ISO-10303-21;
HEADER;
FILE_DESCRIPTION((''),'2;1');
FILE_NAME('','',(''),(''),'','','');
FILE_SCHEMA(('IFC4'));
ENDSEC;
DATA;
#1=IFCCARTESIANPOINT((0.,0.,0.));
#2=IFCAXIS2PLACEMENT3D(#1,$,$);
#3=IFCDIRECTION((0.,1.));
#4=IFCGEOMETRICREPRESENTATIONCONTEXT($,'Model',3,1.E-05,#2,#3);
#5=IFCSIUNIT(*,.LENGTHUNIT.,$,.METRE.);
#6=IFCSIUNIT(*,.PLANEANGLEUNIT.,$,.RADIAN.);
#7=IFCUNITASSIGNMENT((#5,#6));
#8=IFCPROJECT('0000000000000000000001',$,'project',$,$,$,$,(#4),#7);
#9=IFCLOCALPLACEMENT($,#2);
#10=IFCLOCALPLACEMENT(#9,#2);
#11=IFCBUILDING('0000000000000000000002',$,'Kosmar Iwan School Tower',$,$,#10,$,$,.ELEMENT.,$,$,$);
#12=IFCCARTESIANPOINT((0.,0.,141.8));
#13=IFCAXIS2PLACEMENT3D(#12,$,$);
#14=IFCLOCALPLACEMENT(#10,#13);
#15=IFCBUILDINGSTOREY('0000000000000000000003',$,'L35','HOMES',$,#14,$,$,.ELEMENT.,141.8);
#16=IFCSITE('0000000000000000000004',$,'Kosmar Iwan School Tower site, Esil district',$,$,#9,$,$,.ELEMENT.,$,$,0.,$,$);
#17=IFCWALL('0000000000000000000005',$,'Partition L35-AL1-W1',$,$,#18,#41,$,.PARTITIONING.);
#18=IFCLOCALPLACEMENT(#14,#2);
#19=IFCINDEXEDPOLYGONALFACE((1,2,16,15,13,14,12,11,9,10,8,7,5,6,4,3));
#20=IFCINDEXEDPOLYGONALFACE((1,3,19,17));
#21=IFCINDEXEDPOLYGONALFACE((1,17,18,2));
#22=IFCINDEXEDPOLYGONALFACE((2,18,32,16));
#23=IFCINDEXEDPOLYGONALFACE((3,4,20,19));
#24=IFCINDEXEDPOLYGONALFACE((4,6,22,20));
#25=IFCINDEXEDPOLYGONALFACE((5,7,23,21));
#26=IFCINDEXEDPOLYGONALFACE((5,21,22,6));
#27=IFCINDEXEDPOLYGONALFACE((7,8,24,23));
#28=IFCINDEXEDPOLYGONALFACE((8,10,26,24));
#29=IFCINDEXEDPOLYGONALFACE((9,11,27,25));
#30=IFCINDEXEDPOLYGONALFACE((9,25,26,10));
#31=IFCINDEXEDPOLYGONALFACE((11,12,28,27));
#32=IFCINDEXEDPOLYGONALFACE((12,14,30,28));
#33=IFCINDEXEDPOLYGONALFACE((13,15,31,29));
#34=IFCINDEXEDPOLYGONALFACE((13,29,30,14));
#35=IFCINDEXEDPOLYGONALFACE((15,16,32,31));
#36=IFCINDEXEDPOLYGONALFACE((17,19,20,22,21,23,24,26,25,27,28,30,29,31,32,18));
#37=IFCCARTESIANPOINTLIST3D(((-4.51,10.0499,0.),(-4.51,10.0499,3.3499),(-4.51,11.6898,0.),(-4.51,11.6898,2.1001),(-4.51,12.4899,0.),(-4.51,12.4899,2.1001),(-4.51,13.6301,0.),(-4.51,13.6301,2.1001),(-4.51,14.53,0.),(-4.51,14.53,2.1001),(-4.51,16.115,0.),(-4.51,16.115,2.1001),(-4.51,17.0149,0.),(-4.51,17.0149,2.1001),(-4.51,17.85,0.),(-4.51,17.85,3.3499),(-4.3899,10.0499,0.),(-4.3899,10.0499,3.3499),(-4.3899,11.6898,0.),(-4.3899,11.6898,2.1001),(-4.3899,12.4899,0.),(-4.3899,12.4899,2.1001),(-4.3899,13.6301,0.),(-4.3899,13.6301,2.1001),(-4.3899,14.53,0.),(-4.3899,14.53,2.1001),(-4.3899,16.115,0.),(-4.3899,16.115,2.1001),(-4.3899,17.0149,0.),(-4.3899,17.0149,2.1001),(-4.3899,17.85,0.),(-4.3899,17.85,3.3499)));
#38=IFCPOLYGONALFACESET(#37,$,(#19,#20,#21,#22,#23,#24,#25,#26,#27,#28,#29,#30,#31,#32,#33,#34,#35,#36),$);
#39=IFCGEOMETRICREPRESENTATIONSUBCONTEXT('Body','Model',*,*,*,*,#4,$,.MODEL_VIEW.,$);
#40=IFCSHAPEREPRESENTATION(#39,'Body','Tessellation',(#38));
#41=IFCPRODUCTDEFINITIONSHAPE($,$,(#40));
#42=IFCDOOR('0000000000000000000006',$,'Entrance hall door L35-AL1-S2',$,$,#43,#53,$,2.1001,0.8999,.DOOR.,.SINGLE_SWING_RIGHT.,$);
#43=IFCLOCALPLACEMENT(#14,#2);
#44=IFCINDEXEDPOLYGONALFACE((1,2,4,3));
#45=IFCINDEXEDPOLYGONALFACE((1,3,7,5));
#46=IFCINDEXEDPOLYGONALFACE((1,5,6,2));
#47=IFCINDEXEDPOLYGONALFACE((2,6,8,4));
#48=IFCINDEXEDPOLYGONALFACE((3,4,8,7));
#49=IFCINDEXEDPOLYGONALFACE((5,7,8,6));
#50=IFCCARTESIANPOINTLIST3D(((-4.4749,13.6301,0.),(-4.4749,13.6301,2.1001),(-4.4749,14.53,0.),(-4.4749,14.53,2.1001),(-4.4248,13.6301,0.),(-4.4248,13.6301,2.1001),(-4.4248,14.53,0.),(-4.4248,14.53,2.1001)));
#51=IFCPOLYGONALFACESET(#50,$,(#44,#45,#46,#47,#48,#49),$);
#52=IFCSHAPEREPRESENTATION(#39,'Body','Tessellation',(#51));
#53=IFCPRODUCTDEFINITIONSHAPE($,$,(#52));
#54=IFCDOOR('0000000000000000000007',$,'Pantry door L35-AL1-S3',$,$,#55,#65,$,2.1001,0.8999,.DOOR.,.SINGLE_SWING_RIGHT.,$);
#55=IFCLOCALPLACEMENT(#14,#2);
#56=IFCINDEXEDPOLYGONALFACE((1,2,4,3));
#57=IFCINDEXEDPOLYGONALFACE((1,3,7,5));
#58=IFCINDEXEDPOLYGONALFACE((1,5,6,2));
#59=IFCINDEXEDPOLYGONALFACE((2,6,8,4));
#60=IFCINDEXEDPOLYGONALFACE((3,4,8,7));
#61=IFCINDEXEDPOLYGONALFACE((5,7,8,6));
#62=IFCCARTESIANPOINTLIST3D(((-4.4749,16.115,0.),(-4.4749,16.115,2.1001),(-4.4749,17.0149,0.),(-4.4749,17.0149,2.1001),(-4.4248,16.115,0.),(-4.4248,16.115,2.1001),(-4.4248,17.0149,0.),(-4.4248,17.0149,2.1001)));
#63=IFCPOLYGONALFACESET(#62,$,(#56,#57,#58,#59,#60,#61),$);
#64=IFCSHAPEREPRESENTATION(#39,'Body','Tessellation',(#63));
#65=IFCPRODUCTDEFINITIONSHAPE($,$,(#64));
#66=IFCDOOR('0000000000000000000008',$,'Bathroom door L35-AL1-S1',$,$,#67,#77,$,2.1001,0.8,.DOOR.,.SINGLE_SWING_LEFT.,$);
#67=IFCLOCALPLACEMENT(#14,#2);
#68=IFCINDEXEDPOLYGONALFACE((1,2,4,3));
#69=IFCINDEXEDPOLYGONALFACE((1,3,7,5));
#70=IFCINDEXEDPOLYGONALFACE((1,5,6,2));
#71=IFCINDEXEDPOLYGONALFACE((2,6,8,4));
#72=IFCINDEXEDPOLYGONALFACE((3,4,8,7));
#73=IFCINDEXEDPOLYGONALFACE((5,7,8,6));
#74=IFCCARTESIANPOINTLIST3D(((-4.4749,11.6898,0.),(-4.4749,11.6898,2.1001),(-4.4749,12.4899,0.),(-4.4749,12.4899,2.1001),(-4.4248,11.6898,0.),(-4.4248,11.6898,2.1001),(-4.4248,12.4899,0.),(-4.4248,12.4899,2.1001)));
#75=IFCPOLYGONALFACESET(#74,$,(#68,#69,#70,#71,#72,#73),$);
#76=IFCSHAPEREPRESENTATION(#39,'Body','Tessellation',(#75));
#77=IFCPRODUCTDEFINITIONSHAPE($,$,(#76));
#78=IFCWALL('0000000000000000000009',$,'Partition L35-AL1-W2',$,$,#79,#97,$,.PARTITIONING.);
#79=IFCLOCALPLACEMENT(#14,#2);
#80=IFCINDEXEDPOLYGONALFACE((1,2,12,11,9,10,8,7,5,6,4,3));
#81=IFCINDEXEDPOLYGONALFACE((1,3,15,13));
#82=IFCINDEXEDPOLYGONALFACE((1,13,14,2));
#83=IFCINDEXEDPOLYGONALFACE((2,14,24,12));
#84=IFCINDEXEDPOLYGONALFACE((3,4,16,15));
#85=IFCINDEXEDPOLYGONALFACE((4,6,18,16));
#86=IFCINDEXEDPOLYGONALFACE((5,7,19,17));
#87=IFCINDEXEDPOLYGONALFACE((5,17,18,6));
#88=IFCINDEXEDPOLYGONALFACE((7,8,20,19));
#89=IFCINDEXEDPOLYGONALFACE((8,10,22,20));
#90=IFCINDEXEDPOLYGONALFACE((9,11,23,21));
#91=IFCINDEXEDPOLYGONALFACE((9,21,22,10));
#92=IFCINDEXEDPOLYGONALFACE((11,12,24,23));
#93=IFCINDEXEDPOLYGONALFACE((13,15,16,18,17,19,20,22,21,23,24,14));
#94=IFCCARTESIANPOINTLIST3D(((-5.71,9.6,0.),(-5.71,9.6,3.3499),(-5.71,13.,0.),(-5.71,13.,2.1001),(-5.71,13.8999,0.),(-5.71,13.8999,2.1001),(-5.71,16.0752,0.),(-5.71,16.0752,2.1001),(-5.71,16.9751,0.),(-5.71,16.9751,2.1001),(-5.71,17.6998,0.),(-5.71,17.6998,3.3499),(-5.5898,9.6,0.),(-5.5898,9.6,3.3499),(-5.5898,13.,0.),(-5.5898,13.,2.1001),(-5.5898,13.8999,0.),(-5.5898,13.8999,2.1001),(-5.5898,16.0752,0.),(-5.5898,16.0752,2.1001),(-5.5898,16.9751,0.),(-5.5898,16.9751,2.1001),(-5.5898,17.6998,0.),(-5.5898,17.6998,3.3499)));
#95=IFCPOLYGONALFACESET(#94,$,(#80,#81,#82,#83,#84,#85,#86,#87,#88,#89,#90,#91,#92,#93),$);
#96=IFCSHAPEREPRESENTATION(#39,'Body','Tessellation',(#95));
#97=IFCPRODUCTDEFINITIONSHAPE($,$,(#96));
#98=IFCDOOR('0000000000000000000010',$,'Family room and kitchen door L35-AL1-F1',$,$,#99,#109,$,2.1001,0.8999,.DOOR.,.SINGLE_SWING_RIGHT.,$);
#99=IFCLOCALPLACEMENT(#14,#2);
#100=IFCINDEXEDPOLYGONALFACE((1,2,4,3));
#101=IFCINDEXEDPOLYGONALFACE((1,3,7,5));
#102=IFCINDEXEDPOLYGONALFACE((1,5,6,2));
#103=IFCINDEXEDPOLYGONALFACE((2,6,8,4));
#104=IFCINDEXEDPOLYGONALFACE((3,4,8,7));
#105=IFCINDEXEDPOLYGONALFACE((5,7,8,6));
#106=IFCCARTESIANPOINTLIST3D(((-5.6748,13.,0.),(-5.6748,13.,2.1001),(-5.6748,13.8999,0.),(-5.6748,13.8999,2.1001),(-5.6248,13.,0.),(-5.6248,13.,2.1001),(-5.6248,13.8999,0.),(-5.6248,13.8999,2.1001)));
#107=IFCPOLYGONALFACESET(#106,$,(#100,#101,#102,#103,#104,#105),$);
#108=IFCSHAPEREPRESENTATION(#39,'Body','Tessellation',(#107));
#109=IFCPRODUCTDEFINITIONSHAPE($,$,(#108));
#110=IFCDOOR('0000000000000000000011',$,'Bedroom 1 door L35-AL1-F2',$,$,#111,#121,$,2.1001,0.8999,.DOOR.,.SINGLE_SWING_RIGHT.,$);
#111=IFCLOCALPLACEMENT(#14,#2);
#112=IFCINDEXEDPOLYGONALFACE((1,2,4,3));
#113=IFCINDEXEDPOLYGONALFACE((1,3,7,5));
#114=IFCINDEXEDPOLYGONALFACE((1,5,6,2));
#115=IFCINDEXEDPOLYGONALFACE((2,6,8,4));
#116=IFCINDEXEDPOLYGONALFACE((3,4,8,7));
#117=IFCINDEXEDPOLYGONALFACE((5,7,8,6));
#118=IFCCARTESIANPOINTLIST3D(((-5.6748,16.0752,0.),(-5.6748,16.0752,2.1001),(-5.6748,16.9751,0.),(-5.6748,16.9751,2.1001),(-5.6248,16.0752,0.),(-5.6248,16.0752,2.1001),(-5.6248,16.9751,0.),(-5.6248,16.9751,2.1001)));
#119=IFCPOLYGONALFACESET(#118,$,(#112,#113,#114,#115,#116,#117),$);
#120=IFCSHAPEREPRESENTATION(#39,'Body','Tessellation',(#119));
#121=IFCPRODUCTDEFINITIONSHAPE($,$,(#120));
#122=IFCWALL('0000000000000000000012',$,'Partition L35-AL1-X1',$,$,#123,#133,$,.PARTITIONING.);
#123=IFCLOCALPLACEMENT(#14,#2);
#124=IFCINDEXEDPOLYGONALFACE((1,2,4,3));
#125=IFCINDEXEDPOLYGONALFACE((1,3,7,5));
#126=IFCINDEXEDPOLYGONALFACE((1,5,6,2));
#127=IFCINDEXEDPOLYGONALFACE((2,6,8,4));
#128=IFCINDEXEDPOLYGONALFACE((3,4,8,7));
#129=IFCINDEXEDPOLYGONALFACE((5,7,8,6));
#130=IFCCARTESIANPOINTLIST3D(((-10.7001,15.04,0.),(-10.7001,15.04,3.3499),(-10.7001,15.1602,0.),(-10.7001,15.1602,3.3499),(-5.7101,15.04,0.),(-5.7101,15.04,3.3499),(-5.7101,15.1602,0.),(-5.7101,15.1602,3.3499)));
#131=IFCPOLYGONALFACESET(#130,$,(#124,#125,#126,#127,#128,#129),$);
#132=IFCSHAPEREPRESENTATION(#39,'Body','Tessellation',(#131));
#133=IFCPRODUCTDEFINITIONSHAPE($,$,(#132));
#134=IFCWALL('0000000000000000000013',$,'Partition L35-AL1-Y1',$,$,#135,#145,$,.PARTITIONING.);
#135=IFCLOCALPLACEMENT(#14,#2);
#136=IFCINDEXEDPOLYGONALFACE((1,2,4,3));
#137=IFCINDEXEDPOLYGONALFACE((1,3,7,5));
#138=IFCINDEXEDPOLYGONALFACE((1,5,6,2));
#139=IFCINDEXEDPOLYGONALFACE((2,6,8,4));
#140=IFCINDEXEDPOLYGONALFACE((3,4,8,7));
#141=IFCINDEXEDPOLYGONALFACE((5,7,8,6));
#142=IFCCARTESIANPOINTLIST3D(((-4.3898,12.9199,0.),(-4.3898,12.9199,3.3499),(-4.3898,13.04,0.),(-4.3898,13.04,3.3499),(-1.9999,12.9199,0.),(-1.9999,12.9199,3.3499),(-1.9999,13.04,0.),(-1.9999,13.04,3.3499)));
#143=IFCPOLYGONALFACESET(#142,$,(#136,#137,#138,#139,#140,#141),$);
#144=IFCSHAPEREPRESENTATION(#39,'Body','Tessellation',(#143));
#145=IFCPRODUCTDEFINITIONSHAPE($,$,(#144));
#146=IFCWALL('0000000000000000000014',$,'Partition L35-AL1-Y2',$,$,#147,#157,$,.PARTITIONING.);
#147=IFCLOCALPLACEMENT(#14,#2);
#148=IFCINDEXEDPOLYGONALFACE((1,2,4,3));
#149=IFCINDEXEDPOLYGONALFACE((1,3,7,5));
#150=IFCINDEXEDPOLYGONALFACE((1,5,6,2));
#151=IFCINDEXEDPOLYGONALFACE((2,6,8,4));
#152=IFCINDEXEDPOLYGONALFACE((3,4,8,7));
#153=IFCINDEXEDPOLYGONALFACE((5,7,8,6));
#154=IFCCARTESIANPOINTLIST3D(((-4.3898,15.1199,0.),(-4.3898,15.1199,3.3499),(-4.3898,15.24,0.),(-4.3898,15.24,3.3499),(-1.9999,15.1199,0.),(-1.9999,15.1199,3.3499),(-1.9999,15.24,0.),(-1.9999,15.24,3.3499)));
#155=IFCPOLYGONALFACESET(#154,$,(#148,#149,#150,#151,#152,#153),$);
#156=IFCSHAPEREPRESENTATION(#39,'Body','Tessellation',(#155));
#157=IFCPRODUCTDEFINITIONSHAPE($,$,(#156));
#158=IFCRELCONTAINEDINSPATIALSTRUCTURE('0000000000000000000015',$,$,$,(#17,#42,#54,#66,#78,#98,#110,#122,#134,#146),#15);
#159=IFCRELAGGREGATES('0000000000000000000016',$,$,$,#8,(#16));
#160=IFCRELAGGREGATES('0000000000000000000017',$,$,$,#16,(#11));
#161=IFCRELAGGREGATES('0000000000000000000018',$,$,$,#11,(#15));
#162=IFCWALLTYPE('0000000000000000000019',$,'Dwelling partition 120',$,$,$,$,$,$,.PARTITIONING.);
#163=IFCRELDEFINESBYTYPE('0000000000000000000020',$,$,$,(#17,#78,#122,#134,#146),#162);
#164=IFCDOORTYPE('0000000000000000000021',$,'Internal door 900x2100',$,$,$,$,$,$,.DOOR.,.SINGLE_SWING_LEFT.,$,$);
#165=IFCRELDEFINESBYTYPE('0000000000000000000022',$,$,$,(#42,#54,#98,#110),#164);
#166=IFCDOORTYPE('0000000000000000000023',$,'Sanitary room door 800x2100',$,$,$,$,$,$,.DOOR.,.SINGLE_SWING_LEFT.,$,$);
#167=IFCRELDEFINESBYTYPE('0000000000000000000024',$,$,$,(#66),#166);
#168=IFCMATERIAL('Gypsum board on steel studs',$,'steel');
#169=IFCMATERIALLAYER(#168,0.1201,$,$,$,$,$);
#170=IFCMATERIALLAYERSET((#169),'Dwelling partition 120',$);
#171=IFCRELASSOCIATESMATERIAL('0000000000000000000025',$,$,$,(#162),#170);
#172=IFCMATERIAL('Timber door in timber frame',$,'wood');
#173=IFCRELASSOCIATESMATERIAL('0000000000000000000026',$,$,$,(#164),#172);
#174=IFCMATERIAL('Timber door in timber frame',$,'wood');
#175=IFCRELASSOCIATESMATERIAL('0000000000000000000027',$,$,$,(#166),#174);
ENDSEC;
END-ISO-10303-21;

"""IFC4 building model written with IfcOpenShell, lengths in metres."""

from ifc_helpers import new_model, si_unit, direction, frame, frame_2d, origin, place, context, subcontext, project, spatial, rectangle, extrude, material, layer, layer_set, type_object, element, fill, save


model = new_model("IFC4")

# Units and contexts
model_context = context("Model", 3, precision=1e-05, world=origin(), true_north=direction((0.0, 1.0)))
body_context = subcontext(model_context, "Body", "Model", "MODEL_VIEW")
ifc_project = project(units=[si_unit("LENGTHUNIT", "METRE"), si_unit("PLANEANGLEUNIT", "RADIAN")], contexts=[model_context])

# Site, building, storey
site_placement = place(None, origin())
site = spatial("IfcSite", under=ifc_project, at=site_placement, Name="Kosmar Iwan School Tower site, Esil district", CompositionType="ELEMENT", RefElevation=0.0)
building_placement = place(site_placement, origin())
building = spatial("IfcBuilding", under=site, at=building_placement, Name="Kosmar Iwan School Tower", CompositionType="ELEMENT")
storey_placement = place(building_placement, frame((0.0, 0.0, 141.8)))
storey = spatial("IfcBuildingStorey", under=building, at=storey_placement, Name="L35", Description="HOMES", CompositionType="ELEMENT", Elevation=141.8)

# Walls, openings, doors
ifc_material_1 = material(Name="Gypsum board on steel studs", Category="steel")
ifc_layer_1 = layer(ifc_material_1, 0.1201)
ifc_layer_set_1 = layer_set([ifc_layer_1], Name="Dwelling partition 120")
wall_type_1 = type_object("IfcWallType", Name="Dwelling partition 120", PredefinedType="PARTITIONING", material=ifc_layer_set_1)
wall_1_placement = place(storey_placement, frame((-4.45, 10.05, 0.0), z_axis=(0.0, 0.0, 1.0), x_axis=(0.0, 1.0, 0.0)))
wall_1 = element("IfcWall", 1, at=wall_1_placement, inside=storey, type_object=wall_type_1, Name="Partition L35-AL1-W1", PredefinedType="PARTITIONING", context=body_context, shape_type="SweptSolid", body=[
    extrude(rectangle(XDim=7.8, YDim=0.1201, at=frame_2d((3.8999, 0.0))), origin(), (0.0, 0.0, 1.0), 3.3499),
])
opening_1_placement = place(wall_1_placement, frame((1.6399, 0.0, 0.0)))
opening_1 = element("IfcOpeningElement", 2, at=opening_1_placement, cuts=wall_1, PredefinedType="OPENING", context=body_context, shape_type="SweptSolid", body=[
    extrude(rectangle(XDim=0.8, YDim=2.1001, at=frame_2d((0.3999, 1.05))), frame((0.0, 0.072, 0.0), z_axis=(0.0, -1.0, 0.0), x_axis=(1.0, 0.0, 0.0)), (0.0, 0.0, 1.0), 0.144),
])
opening_2_placement = place(wall_1_placement, frame((3.5801, 0.0, 0.0)))
opening_2 = element("IfcOpeningElement", 3, at=opening_2_placement, cuts=wall_1, PredefinedType="OPENING", context=body_context, shape_type="SweptSolid", body=[
    extrude(rectangle(XDim=0.8999, YDim=2.1001, at=frame_2d((0.45, 1.05))), frame((0.0, 0.072, 0.0), z_axis=(0.0, -1.0, 0.0), x_axis=(1.0, 0.0, 0.0)), (0.0, 0.0, 1.0), 0.144),
])
opening_3_placement = place(wall_1_placement, frame((6.0649, 0.0, 0.0)))
opening_3 = element("IfcOpeningElement", 4, at=opening_3_placement, cuts=wall_1, PredefinedType="OPENING", context=body_context, shape_type="SweptSolid", body=[
    extrude(rectangle(XDim=0.8999, YDim=2.1001, at=frame_2d((0.45, 1.05))), frame((0.0, 0.072, 0.0), z_axis=(0.0, -1.0, 0.0), x_axis=(1.0, 0.0, 0.0)), (0.0, 0.0, 1.0), 0.144),
])
ifc_material_2 = material(Name="Timber door in timber frame", Category="wood")
door_type_1 = type_object("IfcDoorType", Name="Internal door 900x2100", OperationType="SINGLE_SWING_LEFT", PredefinedType="DOOR", material=ifc_material_2)
door_1_placement = place(opening_2_placement, origin())
door_1 = element("IfcDoor", 5, at=door_1_placement, inside=storey, type_object=door_type_1, Name="Entrance hall door L35-AL1-S2", OperationType="SINGLE_SWING_RIGHT", OverallHeight=2.1001, OverallWidth=0.8999, PredefinedType="DOOR", context=body_context, shape_type="SweptSolid", body=[
    extrude(rectangle(XDim=0.8999, YDim=2.1001, at=frame_2d((0.45, 1.05))), frame((0.0, 0.0249, 0.0), z_axis=(0.0, -1.0, 0.0), x_axis=(1.0, 0.0, 0.0)), (0.0, 0.0, 1.0), 0.05),
])
fill(opening_2, door_1)
door_2_placement = place(opening_3_placement, origin())
door_2 = element("IfcDoor", 6, at=door_2_placement, inside=storey, type_object=door_type_1, Name="Pantry door L35-AL1-S3", OperationType="SINGLE_SWING_RIGHT", OverallHeight=2.1001, OverallWidth=0.8999, PredefinedType="DOOR", context=body_context, shape_type="SweptSolid", body=[
    extrude(rectangle(XDim=0.8999, YDim=2.1001, at=frame_2d((0.45, 1.05))), frame((0.0, 0.0249, 0.0), z_axis=(0.0, -1.0, 0.0), x_axis=(1.0, 0.0, 0.0)), (0.0, 0.0, 1.0), 0.05),
])
fill(opening_3, door_2)
ifc_material_3 = material(Name="Timber door in timber frame", Category="wood")
door_type_2 = type_object("IfcDoorType", Name="Sanitary room door 800x2100", OperationType="SINGLE_SWING_LEFT", PredefinedType="DOOR", material=ifc_material_3)
door_3_placement = place(opening_1_placement, origin())
door_3 = element("IfcDoor", 7, at=door_3_placement, inside=storey, type_object=door_type_2, Name="Bathroom door L35-AL1-S1", OperationType="SINGLE_SWING_LEFT", OverallHeight=2.1001, OverallWidth=0.8, PredefinedType="DOOR", context=body_context, shape_type="SweptSolid", body=[
    extrude(rectangle(XDim=0.8, YDim=2.1001, at=frame_2d((0.3999, 1.05))), frame((0.0, 0.0249, 0.0), z_axis=(0.0, -1.0, 0.0), x_axis=(1.0, 0.0, 0.0)), (0.0, 0.0, 1.0), 0.05),
])
fill(opening_1, door_3)
wall_2_placement = place(storey_placement, frame((-5.6499, 9.6001, 0.0), z_axis=(0.0, 0.0, 1.0), x_axis=(0.0, 1.0, 0.0)))
wall_2 = element("IfcWall", 8, at=wall_2_placement, inside=storey, type_object=wall_type_1, Name="Partition L35-AL1-W2", PredefinedType="PARTITIONING", context=body_context, shape_type="SweptSolid", body=[
    extrude(rectangle(XDim=8.0999, YDim=0.1201, at=frame_2d((4.0498, 0.0))), origin(), (0.0, 0.0, 1.0), 3.3499),
])
opening_4_placement = place(wall_2_placement, frame((3.3999, 0.0, 0.0)))
opening_4 = element("IfcOpeningElement", 9, at=opening_4_placement, cuts=wall_2, PredefinedType="OPENING", context=body_context, shape_type="SweptSolid", body=[
    extrude(rectangle(XDim=0.8999, YDim=2.1001, at=frame_2d((0.45, 1.05))), frame((0.0, 0.072, 0.0), z_axis=(0.0, -1.0, 0.0), x_axis=(1.0, 0.0, 0.0)), (0.0, 0.0, 1.0), 0.144),
])
opening_5_placement = place(wall_2_placement, frame((6.4751, 0.0, 0.0)))
opening_5 = element("IfcOpeningElement", 10, at=opening_5_placement, cuts=wall_2, PredefinedType="OPENING", context=body_context, shape_type="SweptSolid", body=[
    extrude(rectangle(XDim=0.8999, YDim=2.1001, at=frame_2d((0.45, 1.05))), frame((0.0, 0.072, 0.0), z_axis=(0.0, -1.0, 0.0), x_axis=(1.0, 0.0, 0.0)), (0.0, 0.0, 1.0), 0.144),
])
door_4_placement = place(opening_4_placement, origin())
door_4 = element("IfcDoor", 11, at=door_4_placement, inside=storey, type_object=door_type_1, Name="Family room and kitchen door L35-AL1-F1", OperationType="SINGLE_SWING_RIGHT", OverallHeight=2.1001, OverallWidth=0.8999, PredefinedType="DOOR", context=body_context, shape_type="SweptSolid", body=[
    extrude(rectangle(XDim=0.8999, YDim=2.1001, at=frame_2d((0.45, 1.05))), frame((0.0, 0.0249, 0.0), z_axis=(0.0, -1.0, 0.0), x_axis=(1.0, 0.0, 0.0)), (0.0, 0.0, 1.0), 0.05),
])
fill(opening_4, door_4)
door_5_placement = place(opening_5_placement, origin())
door_5 = element("IfcDoor", 12, at=door_5_placement, inside=storey, type_object=door_type_1, Name="Bedroom 1 door L35-AL1-F2", OperationType="SINGLE_SWING_RIGHT", OverallHeight=2.1001, OverallWidth=0.8999, PredefinedType="DOOR", context=body_context, shape_type="SweptSolid", body=[
    extrude(rectangle(XDim=0.8999, YDim=2.1001, at=frame_2d((0.45, 1.05))), frame((0.0, 0.0249, 0.0), z_axis=(0.0, -1.0, 0.0), x_axis=(1.0, 0.0, 0.0)), (0.0, 0.0, 1.0), 0.05),
])
fill(opening_5, door_5)

# Walls
wall_3_placement = place(storey_placement, frame((-5.71, 15.1001, 0.0), z_axis=(0.0, 0.0, 1.0), x_axis=(-1.0, 0.0, 0.0)))
element("IfcWall", 13, at=wall_3_placement, inside=storey, type_object=wall_type_1, Name="Partition L35-AL1-X1", PredefinedType="PARTITIONING", context=body_context, shape_type="SweptSolid", body=[
    extrude(rectangle(XDim=4.99, YDim=0.1201, at=frame_2d((2.4951, 0.0))), origin(), (0.0, 0.0, 1.0), 3.3499),
])
for number, where, z_axis, x_axis, name in (
    (14, (-2.0, 12.98, 0.0), (0.0, 0.0, 1.0), (-1.0, 0.0, 0.0), "Partition L35-AL1-Y1"),
    (15, (-2.0, 15.1799, 0.0), (0.0, 0.0, 1.0), (-1.0, 0.0, 0.0), "Partition L35-AL1-Y2"),
):
    element("IfcWall", number, at=place(storey_placement, frame(where, z_axis=z_axis, x_axis=x_axis)), inside=storey, type_object=wall_type_1, Name=name, PredefinedType="PARTITIONING", context=body_context, shape_type="SweptSolid", body=[
        extrude(rectangle(XDim=2.3899, YDim=0.1201, at=frame_2d((1.1948, 0.0))), origin(), (0.0, 0.0, 1.0), 3.3499),
    ])

save(model, "model.ifc")
